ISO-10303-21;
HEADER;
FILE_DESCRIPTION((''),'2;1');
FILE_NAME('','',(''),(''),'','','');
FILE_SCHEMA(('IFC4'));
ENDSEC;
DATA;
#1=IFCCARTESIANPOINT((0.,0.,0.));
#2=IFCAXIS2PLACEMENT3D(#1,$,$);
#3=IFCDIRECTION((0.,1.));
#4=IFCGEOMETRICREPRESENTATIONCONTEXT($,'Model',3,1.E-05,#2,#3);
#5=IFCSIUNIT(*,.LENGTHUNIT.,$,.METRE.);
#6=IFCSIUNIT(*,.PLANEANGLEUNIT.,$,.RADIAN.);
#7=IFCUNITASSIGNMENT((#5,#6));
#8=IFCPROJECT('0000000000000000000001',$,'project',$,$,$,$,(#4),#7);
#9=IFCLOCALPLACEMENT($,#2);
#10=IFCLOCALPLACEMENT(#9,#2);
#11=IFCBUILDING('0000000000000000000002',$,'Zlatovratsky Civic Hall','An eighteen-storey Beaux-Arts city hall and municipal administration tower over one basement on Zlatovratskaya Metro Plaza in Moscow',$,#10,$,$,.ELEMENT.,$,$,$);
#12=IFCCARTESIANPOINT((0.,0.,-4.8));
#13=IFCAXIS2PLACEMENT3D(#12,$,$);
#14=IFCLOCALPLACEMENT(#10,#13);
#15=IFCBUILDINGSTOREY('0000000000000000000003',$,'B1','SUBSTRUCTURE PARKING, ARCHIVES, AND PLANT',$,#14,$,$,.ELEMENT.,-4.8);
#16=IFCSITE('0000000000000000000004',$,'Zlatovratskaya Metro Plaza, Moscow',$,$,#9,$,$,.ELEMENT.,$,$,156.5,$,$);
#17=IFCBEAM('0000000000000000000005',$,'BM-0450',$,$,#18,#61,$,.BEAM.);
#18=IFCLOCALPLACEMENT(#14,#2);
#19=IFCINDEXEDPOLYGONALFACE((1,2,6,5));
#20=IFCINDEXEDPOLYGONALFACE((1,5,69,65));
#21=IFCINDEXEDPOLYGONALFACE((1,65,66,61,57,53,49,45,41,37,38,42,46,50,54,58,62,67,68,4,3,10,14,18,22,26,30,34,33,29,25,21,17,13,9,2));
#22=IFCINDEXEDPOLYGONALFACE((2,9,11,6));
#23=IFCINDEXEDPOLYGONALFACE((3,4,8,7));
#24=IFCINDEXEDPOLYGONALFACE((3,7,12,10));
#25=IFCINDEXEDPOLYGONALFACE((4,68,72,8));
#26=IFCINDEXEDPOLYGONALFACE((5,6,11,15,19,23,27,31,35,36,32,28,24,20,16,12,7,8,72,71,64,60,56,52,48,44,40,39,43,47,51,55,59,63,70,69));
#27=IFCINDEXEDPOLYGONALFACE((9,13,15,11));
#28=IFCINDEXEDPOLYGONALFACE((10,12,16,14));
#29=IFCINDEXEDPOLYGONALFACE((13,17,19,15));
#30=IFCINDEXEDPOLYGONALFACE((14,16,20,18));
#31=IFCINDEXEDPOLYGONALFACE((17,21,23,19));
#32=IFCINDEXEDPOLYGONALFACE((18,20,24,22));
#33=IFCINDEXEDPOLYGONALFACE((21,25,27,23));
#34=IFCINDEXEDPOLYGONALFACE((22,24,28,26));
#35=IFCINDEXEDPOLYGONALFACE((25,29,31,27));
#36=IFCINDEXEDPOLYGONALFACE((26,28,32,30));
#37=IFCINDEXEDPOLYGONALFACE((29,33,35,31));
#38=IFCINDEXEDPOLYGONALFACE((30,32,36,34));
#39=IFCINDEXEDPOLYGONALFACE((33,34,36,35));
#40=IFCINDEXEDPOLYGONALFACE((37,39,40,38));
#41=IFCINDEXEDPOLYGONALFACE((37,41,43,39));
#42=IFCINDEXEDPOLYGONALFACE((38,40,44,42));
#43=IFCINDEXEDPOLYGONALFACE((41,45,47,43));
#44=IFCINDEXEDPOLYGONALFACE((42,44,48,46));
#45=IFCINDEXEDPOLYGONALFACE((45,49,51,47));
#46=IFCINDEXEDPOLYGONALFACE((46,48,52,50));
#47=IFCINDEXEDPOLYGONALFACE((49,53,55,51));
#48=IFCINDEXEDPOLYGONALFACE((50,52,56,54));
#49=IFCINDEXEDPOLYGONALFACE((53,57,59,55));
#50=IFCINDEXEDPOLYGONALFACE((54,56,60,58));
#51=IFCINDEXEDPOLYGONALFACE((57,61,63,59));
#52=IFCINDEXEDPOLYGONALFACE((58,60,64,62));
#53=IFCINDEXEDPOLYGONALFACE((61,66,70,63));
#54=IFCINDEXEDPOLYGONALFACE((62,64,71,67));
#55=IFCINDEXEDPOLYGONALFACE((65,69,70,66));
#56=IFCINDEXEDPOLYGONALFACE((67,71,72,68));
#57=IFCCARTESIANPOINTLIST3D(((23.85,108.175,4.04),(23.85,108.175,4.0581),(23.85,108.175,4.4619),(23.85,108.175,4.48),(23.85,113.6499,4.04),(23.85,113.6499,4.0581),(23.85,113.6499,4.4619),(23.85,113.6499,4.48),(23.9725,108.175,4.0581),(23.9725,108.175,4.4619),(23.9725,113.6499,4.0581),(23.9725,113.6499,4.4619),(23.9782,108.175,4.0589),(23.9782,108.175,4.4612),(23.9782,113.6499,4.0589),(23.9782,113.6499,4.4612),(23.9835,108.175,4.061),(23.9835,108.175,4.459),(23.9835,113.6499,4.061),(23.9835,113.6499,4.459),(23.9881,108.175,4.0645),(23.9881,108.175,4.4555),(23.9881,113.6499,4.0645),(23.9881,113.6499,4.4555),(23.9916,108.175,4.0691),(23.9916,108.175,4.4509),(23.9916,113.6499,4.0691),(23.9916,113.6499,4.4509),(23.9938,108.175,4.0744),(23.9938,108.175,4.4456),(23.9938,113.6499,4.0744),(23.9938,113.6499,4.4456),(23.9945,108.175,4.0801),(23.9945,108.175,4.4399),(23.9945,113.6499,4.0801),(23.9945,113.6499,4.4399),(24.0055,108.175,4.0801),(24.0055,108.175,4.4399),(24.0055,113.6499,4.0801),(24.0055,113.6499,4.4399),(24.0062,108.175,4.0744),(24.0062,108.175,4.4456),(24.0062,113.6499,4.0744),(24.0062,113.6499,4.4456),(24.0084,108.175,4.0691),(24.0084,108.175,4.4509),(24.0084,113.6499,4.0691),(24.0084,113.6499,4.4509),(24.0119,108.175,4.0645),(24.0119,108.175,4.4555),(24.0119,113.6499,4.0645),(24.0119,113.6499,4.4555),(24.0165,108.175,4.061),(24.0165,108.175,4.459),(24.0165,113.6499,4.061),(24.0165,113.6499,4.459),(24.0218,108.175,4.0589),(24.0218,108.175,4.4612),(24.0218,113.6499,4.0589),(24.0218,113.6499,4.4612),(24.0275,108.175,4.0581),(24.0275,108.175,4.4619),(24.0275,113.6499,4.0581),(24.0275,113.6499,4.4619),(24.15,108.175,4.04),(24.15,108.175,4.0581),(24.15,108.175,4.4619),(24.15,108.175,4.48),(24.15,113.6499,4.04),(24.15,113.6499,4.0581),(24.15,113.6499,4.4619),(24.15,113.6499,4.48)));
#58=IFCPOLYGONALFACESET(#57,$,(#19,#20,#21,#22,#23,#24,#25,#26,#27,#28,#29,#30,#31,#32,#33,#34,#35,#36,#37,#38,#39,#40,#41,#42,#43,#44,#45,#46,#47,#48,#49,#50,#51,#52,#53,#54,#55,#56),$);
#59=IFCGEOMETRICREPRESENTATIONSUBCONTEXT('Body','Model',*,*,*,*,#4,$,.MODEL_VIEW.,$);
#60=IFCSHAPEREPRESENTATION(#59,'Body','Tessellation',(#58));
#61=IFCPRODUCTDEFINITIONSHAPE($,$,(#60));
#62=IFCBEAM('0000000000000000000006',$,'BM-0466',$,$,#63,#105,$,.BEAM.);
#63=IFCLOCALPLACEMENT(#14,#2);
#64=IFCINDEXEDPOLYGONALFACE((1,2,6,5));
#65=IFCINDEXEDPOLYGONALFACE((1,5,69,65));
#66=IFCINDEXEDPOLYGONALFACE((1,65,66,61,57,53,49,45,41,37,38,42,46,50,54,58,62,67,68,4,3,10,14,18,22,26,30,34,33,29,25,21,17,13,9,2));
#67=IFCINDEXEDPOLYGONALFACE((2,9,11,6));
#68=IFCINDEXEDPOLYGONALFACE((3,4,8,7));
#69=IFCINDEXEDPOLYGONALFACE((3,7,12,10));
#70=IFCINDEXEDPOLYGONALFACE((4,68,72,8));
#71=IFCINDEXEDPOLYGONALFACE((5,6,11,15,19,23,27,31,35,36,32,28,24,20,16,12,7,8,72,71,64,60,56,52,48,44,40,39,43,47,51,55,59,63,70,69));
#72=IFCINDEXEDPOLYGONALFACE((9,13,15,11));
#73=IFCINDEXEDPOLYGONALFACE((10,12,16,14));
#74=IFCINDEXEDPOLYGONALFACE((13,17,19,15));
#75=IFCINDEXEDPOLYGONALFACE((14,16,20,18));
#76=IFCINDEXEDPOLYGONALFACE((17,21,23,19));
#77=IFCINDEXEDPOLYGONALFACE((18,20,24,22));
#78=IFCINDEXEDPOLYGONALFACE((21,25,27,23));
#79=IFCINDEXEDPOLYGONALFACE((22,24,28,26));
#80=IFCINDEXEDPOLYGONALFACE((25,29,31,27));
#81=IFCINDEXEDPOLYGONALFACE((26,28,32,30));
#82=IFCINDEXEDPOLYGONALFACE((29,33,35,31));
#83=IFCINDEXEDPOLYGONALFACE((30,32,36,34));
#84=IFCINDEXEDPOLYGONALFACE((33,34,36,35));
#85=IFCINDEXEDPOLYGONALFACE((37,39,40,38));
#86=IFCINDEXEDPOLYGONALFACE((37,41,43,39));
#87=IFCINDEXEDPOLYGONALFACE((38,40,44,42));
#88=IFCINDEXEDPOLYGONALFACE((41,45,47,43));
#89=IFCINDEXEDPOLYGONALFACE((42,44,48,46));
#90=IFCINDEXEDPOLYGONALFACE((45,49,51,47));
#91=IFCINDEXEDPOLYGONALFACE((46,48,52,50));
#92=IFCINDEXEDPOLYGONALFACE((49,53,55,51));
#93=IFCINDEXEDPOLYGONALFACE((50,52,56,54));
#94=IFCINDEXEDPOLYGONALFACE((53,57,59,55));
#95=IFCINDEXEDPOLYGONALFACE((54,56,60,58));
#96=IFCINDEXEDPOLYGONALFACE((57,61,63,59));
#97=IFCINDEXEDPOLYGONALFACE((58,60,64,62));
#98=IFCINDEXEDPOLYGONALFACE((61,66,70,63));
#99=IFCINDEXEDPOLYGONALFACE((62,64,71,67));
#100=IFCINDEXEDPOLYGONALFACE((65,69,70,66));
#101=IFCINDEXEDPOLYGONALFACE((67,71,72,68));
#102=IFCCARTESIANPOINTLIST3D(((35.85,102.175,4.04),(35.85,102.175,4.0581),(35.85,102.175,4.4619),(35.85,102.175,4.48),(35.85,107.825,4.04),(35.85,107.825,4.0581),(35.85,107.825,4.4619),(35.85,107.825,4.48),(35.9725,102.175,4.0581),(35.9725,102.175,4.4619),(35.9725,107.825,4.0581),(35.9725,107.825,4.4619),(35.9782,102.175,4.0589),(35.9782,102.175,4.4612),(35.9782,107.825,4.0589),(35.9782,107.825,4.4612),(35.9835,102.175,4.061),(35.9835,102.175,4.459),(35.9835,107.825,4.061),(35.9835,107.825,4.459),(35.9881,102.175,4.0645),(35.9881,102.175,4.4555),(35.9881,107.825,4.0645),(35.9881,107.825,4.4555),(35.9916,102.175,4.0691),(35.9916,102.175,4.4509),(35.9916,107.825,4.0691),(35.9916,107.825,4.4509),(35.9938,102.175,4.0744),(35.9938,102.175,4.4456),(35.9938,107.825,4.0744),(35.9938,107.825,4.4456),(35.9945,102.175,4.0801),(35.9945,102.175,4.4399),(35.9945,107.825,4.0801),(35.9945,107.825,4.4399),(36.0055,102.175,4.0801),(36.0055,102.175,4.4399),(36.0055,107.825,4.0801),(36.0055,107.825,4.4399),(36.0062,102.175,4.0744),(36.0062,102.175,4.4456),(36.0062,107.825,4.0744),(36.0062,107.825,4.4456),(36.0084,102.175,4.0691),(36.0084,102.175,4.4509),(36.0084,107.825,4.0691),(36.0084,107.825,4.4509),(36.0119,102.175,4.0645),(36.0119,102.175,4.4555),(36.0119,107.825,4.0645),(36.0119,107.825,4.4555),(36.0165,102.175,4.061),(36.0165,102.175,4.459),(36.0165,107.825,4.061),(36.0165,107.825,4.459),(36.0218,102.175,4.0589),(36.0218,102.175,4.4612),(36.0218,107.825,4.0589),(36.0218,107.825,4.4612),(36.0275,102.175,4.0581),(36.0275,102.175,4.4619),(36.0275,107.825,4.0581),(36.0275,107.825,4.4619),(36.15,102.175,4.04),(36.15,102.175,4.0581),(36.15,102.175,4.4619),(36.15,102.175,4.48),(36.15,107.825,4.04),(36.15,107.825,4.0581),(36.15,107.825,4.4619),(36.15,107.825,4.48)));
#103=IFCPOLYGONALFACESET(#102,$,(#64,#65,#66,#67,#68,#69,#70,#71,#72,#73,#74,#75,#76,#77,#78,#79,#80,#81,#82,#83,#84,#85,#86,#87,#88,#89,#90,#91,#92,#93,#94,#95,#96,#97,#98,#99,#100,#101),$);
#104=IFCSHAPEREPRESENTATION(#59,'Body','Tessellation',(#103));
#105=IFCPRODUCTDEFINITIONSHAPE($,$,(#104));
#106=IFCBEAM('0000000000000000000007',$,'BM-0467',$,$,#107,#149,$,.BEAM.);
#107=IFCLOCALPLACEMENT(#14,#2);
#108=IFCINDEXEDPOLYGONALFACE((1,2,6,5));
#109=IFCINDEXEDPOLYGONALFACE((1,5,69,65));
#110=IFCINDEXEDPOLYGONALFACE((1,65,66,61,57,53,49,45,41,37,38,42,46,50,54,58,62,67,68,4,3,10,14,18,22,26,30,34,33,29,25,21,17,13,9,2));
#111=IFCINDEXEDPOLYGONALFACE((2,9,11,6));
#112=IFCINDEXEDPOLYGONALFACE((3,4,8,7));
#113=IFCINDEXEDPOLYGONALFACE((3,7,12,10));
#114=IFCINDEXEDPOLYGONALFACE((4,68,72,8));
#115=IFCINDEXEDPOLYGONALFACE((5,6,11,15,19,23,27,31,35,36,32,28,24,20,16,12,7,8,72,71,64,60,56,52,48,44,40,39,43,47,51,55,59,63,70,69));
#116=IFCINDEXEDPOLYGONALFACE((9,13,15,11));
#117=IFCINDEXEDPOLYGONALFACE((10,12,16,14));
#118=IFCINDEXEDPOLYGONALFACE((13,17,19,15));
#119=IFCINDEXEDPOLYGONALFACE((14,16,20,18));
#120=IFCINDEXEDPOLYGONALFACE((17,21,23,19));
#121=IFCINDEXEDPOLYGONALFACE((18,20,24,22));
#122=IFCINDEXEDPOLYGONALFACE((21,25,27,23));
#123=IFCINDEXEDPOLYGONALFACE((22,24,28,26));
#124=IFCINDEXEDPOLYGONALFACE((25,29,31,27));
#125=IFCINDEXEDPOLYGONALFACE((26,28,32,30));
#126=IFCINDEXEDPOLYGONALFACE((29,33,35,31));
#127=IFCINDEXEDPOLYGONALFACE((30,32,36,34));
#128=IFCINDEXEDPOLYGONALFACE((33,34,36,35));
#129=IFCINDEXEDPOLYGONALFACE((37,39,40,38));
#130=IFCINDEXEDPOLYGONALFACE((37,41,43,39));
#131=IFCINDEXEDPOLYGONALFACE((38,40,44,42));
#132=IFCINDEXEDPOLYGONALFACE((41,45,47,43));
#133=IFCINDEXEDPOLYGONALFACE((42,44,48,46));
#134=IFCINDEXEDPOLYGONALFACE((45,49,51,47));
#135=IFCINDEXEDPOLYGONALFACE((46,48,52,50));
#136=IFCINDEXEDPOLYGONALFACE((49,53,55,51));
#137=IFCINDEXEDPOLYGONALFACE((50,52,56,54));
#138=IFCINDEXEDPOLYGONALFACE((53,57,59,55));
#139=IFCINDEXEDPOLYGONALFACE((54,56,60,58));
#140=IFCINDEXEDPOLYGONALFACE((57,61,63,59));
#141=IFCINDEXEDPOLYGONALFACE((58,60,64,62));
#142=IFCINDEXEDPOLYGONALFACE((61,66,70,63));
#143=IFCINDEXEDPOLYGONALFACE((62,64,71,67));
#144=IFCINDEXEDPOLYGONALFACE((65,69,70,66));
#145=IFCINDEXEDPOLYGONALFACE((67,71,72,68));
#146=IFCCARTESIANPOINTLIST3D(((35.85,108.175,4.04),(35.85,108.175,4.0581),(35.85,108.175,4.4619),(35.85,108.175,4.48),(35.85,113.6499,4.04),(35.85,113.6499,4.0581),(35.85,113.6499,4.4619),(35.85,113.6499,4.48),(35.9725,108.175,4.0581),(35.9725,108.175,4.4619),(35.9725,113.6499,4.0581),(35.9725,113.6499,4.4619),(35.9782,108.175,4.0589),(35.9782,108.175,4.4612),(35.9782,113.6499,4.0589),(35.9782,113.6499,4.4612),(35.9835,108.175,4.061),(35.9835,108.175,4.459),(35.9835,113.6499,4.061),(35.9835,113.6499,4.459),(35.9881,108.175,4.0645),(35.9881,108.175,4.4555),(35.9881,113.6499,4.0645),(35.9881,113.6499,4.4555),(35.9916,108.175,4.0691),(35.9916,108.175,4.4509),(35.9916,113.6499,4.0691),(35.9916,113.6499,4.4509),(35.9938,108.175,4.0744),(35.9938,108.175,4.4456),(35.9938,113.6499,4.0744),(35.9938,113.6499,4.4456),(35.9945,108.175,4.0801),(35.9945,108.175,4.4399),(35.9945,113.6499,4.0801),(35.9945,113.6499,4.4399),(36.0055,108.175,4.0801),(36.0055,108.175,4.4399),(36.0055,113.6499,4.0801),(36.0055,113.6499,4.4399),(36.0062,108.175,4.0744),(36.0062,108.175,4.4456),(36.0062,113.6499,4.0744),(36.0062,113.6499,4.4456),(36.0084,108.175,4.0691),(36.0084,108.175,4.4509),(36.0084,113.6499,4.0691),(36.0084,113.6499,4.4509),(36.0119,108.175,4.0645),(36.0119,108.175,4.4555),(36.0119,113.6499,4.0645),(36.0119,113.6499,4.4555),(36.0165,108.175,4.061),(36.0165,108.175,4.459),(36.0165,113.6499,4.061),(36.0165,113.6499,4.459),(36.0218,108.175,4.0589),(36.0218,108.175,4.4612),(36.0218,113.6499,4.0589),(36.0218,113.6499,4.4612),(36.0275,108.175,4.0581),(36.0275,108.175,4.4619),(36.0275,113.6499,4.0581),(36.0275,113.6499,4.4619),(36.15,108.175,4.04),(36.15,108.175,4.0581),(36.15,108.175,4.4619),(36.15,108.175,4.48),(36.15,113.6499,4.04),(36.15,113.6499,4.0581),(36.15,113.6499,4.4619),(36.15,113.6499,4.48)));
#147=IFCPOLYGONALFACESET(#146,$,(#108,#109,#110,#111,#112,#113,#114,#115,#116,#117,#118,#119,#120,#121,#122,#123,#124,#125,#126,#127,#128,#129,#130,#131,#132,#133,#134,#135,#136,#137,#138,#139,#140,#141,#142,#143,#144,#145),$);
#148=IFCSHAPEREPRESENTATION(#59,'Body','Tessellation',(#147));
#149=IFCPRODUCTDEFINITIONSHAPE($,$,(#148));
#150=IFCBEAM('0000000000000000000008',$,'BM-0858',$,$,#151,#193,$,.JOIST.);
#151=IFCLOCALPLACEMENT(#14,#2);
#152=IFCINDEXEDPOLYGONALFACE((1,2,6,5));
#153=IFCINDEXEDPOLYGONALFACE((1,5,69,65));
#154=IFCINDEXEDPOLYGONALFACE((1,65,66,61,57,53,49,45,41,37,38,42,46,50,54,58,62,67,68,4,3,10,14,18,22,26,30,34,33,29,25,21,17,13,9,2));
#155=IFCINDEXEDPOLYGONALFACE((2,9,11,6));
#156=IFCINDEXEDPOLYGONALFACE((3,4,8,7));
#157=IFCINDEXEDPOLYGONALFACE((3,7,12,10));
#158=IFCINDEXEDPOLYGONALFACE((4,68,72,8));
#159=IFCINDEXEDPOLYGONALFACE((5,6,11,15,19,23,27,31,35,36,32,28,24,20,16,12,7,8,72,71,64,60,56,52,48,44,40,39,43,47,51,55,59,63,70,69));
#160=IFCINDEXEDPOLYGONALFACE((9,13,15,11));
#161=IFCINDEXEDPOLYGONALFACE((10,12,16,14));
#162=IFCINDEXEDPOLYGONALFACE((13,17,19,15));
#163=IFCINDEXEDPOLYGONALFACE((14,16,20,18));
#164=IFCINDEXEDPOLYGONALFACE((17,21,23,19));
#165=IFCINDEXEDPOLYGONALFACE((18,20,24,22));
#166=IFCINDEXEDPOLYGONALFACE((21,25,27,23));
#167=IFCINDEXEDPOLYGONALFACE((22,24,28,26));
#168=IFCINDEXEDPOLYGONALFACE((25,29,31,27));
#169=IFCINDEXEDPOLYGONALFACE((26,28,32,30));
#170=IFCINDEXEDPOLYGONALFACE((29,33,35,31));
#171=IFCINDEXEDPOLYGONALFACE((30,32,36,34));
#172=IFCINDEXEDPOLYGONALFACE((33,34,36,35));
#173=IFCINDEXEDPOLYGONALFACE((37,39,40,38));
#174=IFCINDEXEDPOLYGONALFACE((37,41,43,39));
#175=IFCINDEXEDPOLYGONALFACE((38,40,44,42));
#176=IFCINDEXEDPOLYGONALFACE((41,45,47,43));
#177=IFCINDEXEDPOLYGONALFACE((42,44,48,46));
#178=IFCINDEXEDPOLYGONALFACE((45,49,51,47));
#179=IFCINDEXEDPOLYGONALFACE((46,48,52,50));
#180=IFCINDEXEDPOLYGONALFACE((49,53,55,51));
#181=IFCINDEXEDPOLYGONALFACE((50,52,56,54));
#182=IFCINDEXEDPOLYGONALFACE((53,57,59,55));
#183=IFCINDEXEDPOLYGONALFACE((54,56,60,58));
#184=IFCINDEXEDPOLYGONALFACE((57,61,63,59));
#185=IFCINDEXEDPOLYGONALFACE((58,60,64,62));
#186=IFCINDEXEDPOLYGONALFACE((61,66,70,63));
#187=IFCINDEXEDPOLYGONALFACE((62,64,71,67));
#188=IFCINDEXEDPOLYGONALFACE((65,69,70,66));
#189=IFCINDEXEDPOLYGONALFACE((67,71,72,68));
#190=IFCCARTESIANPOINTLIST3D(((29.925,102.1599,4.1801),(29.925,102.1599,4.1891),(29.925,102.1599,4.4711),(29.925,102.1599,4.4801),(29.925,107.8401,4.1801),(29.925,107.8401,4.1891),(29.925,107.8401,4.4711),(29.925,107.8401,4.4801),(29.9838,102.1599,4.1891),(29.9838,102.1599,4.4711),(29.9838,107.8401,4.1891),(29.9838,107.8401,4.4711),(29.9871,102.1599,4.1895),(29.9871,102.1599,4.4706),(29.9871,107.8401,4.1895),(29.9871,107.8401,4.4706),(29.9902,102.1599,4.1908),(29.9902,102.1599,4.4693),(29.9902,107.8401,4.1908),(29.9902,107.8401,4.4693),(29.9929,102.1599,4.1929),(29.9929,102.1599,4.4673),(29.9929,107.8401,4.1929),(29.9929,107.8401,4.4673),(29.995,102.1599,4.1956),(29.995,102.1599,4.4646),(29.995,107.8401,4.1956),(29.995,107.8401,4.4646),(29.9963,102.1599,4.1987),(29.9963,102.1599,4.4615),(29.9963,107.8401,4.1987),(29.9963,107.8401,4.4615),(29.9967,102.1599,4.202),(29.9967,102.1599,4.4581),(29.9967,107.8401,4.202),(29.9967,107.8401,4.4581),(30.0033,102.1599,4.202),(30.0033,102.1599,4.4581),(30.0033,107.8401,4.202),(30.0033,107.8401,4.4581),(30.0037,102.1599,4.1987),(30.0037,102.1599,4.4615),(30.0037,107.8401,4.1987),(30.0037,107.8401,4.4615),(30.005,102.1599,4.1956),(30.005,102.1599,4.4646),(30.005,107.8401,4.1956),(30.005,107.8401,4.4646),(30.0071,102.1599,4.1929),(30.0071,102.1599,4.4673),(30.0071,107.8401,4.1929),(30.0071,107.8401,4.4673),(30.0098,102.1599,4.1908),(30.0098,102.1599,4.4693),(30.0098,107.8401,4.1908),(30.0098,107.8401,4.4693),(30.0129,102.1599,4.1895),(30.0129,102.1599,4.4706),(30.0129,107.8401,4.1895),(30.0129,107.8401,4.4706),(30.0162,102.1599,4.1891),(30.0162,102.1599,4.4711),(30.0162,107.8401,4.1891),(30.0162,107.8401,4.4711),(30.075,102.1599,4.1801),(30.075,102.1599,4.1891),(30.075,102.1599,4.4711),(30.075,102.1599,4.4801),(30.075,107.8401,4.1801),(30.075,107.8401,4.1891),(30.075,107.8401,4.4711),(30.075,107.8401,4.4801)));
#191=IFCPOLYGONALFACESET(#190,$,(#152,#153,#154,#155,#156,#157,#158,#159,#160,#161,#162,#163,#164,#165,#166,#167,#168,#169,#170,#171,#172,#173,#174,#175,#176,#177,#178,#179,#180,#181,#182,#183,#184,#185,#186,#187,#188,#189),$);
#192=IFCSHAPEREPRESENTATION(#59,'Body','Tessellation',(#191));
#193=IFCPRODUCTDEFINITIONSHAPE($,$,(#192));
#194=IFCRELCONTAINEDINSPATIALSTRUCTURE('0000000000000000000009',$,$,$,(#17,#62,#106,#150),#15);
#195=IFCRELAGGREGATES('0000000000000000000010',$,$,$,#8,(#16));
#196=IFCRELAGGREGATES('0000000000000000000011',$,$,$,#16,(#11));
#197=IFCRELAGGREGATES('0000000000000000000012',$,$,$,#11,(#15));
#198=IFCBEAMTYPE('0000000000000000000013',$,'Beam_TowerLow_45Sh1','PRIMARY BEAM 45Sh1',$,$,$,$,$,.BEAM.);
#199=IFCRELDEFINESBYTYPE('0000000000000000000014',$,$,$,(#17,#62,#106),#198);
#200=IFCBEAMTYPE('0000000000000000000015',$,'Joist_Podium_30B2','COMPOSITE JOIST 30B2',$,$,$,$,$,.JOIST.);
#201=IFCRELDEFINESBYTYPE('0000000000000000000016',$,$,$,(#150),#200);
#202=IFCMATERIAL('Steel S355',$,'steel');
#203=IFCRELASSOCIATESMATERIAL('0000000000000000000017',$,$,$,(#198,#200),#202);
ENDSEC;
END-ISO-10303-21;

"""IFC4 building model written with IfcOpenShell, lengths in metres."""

from ifc_helpers import new_model, si_unit, direction, frame, origin, origin_2d, place, context, subcontext, project, spatial, i_section, extrude, material, material_profile, profile_set, type_object, element, save


model = new_model("IFC4")

# Units and contexts
model_context = context("Model", 3, precision=1e-05, world=origin(), true_north=direction((0.0, 1.0)))
body_context = subcontext(model_context, "Body", "Model", "MODEL_VIEW")
ifc_project = project(units=[si_unit("LENGTHUNIT", "METRE"), si_unit("PLANEANGLEUNIT", "RADIAN")], contexts=[model_context])

# Site, building, storey
site_placement = place(None, origin())
site = spatial("IfcSite", under=ifc_project, at=site_placement, Name="Zlatovratskaya Metro Plaza, Moscow", CompositionType="ELEMENT", RefElevation=156.5)
building_placement = place(site_placement, origin())
building = spatial("IfcBuilding", under=site, at=building_placement, Name="Zlatovratsky Civic Hall", Description="An eighteen-storey Beaux-Arts city hall and municipal administration tower over one basement on Zlatovratskaya Metro Plaza in Moscow", CompositionType="ELEMENT")
storey_placement = place(building_placement, frame((0.0, 0.0, -4.8)))
storey = spatial("IfcBuildingStorey", under=building, at=storey_placement, Name="B1", Description="SUBSTRUCTURE PARKING, ARCHIVES, AND PLANT", CompositionType="ELEMENT", Elevation=-4.8)

# Shared definitions
ifc_material_1 = material(Name="Steel S355", Category="steel")

# Beams
ifc_material_profile_1 = material_profile(ifc_material_1, i_section(OverallWidth=0.3, OverallDepth=0.4399, WebThickness=0.011, FlangeThickness=0.0181, FilletRadius=0.022, at=origin_2d()), Name="45Sh1")
ifc_profile_set_1 = profile_set([ifc_material_profile_1], Name="Steel S355")
beam_type_1 = type_object("IfcBeamType", Name="Beam_TowerLow_45Sh1", Description="PRIMARY BEAM 45Sh1", PredefinedType="BEAM", material=ifc_profile_set_1)
beam_1_placement = place(storey_placement, frame((24.0, 108.175, 4.26), z_axis=(0.0, 1.0, 0.0), x_axis=(-1.0, 0.0, 0.0)))
element("IfcBeam", 1, at=beam_1_placement, inside=storey, type_object=beam_type_1, Name="BM-0450", PredefinedType="BEAM", context=body_context, shape_type="SweptSolid", body=[
    extrude(i_section(OverallWidth=0.3, OverallDepth=0.4399, WebThickness=0.011, FlangeThickness=0.0181, FilletRadius=0.022, at=origin_2d()), origin(), (0.0, 0.0, 1.0), 5.4749),
])
beam_2_placement = place(storey_placement, frame((36.0, 102.175, 4.26), z_axis=(0.0, 1.0, 0.0), x_axis=(-1.0, 0.0, 0.0)))
element("IfcBeam", 2, at=beam_2_placement, inside=storey, type_object=beam_type_1, Name="BM-0466", PredefinedType="BEAM", context=body_context, shape_type="SweptSolid", body=[
    extrude(i_section(OverallWidth=0.3, OverallDepth=0.4399, WebThickness=0.011, FlangeThickness=0.0181, FilletRadius=0.022, at=origin_2d()), origin(), (0.0, 0.0, 1.0), 5.6499),
])
beam_3_placement = place(storey_placement, frame((36.0, 108.175, 4.26), z_axis=(0.0, 1.0, 0.0), x_axis=(-1.0, 0.0, 0.0)))
element("IfcBeam", 3, at=beam_3_placement, inside=storey, type_object=beam_type_1, Name="BM-0467", PredefinedType="BEAM", context=body_context, shape_type="SweptSolid", body=[
    extrude(i_section(OverallWidth=0.3, OverallDepth=0.4399, WebThickness=0.011, FlangeThickness=0.0181, FilletRadius=0.022, at=origin_2d()), origin(), (0.0, 0.0, 1.0), 5.4749),
])
ifc_material_profile_2 = material_profile(ifc_material_1, i_section(OverallWidth=0.1499, OverallDepth=0.3, WebThickness=0.0066, FlangeThickness=0.009, FilletRadius=0.0129, at=origin_2d()), Name="30B2")
ifc_profile_set_2 = profile_set([ifc_material_profile_2], Name="Steel S355")
beam_type_2 = type_object("IfcBeamType", Name="Joist_Podium_30B2", Description="COMPOSITE JOIST 30B2", PredefinedType="JOIST", material=ifc_profile_set_2)
beam_4_placement = place(storey_placement, frame((30.0, 102.1599, 4.3301), z_axis=(0.0, 1.0, 0.0), x_axis=(-1.0, 0.0, 0.0)))
element("IfcBeam", 4, at=beam_4_placement, inside=storey, type_object=beam_type_2, Name="BM-0858", PredefinedType="JOIST", context=body_context, shape_type="SweptSolid", body=[
    extrude(i_section(OverallWidth=0.1499, OverallDepth=0.3, WebThickness=0.0066, FlangeThickness=0.009, FilletRadius=0.0129, at=origin_2d()), origin(), (0.0, 0.0, 1.0), 5.6802),
])

save(model, "model.ifc")
